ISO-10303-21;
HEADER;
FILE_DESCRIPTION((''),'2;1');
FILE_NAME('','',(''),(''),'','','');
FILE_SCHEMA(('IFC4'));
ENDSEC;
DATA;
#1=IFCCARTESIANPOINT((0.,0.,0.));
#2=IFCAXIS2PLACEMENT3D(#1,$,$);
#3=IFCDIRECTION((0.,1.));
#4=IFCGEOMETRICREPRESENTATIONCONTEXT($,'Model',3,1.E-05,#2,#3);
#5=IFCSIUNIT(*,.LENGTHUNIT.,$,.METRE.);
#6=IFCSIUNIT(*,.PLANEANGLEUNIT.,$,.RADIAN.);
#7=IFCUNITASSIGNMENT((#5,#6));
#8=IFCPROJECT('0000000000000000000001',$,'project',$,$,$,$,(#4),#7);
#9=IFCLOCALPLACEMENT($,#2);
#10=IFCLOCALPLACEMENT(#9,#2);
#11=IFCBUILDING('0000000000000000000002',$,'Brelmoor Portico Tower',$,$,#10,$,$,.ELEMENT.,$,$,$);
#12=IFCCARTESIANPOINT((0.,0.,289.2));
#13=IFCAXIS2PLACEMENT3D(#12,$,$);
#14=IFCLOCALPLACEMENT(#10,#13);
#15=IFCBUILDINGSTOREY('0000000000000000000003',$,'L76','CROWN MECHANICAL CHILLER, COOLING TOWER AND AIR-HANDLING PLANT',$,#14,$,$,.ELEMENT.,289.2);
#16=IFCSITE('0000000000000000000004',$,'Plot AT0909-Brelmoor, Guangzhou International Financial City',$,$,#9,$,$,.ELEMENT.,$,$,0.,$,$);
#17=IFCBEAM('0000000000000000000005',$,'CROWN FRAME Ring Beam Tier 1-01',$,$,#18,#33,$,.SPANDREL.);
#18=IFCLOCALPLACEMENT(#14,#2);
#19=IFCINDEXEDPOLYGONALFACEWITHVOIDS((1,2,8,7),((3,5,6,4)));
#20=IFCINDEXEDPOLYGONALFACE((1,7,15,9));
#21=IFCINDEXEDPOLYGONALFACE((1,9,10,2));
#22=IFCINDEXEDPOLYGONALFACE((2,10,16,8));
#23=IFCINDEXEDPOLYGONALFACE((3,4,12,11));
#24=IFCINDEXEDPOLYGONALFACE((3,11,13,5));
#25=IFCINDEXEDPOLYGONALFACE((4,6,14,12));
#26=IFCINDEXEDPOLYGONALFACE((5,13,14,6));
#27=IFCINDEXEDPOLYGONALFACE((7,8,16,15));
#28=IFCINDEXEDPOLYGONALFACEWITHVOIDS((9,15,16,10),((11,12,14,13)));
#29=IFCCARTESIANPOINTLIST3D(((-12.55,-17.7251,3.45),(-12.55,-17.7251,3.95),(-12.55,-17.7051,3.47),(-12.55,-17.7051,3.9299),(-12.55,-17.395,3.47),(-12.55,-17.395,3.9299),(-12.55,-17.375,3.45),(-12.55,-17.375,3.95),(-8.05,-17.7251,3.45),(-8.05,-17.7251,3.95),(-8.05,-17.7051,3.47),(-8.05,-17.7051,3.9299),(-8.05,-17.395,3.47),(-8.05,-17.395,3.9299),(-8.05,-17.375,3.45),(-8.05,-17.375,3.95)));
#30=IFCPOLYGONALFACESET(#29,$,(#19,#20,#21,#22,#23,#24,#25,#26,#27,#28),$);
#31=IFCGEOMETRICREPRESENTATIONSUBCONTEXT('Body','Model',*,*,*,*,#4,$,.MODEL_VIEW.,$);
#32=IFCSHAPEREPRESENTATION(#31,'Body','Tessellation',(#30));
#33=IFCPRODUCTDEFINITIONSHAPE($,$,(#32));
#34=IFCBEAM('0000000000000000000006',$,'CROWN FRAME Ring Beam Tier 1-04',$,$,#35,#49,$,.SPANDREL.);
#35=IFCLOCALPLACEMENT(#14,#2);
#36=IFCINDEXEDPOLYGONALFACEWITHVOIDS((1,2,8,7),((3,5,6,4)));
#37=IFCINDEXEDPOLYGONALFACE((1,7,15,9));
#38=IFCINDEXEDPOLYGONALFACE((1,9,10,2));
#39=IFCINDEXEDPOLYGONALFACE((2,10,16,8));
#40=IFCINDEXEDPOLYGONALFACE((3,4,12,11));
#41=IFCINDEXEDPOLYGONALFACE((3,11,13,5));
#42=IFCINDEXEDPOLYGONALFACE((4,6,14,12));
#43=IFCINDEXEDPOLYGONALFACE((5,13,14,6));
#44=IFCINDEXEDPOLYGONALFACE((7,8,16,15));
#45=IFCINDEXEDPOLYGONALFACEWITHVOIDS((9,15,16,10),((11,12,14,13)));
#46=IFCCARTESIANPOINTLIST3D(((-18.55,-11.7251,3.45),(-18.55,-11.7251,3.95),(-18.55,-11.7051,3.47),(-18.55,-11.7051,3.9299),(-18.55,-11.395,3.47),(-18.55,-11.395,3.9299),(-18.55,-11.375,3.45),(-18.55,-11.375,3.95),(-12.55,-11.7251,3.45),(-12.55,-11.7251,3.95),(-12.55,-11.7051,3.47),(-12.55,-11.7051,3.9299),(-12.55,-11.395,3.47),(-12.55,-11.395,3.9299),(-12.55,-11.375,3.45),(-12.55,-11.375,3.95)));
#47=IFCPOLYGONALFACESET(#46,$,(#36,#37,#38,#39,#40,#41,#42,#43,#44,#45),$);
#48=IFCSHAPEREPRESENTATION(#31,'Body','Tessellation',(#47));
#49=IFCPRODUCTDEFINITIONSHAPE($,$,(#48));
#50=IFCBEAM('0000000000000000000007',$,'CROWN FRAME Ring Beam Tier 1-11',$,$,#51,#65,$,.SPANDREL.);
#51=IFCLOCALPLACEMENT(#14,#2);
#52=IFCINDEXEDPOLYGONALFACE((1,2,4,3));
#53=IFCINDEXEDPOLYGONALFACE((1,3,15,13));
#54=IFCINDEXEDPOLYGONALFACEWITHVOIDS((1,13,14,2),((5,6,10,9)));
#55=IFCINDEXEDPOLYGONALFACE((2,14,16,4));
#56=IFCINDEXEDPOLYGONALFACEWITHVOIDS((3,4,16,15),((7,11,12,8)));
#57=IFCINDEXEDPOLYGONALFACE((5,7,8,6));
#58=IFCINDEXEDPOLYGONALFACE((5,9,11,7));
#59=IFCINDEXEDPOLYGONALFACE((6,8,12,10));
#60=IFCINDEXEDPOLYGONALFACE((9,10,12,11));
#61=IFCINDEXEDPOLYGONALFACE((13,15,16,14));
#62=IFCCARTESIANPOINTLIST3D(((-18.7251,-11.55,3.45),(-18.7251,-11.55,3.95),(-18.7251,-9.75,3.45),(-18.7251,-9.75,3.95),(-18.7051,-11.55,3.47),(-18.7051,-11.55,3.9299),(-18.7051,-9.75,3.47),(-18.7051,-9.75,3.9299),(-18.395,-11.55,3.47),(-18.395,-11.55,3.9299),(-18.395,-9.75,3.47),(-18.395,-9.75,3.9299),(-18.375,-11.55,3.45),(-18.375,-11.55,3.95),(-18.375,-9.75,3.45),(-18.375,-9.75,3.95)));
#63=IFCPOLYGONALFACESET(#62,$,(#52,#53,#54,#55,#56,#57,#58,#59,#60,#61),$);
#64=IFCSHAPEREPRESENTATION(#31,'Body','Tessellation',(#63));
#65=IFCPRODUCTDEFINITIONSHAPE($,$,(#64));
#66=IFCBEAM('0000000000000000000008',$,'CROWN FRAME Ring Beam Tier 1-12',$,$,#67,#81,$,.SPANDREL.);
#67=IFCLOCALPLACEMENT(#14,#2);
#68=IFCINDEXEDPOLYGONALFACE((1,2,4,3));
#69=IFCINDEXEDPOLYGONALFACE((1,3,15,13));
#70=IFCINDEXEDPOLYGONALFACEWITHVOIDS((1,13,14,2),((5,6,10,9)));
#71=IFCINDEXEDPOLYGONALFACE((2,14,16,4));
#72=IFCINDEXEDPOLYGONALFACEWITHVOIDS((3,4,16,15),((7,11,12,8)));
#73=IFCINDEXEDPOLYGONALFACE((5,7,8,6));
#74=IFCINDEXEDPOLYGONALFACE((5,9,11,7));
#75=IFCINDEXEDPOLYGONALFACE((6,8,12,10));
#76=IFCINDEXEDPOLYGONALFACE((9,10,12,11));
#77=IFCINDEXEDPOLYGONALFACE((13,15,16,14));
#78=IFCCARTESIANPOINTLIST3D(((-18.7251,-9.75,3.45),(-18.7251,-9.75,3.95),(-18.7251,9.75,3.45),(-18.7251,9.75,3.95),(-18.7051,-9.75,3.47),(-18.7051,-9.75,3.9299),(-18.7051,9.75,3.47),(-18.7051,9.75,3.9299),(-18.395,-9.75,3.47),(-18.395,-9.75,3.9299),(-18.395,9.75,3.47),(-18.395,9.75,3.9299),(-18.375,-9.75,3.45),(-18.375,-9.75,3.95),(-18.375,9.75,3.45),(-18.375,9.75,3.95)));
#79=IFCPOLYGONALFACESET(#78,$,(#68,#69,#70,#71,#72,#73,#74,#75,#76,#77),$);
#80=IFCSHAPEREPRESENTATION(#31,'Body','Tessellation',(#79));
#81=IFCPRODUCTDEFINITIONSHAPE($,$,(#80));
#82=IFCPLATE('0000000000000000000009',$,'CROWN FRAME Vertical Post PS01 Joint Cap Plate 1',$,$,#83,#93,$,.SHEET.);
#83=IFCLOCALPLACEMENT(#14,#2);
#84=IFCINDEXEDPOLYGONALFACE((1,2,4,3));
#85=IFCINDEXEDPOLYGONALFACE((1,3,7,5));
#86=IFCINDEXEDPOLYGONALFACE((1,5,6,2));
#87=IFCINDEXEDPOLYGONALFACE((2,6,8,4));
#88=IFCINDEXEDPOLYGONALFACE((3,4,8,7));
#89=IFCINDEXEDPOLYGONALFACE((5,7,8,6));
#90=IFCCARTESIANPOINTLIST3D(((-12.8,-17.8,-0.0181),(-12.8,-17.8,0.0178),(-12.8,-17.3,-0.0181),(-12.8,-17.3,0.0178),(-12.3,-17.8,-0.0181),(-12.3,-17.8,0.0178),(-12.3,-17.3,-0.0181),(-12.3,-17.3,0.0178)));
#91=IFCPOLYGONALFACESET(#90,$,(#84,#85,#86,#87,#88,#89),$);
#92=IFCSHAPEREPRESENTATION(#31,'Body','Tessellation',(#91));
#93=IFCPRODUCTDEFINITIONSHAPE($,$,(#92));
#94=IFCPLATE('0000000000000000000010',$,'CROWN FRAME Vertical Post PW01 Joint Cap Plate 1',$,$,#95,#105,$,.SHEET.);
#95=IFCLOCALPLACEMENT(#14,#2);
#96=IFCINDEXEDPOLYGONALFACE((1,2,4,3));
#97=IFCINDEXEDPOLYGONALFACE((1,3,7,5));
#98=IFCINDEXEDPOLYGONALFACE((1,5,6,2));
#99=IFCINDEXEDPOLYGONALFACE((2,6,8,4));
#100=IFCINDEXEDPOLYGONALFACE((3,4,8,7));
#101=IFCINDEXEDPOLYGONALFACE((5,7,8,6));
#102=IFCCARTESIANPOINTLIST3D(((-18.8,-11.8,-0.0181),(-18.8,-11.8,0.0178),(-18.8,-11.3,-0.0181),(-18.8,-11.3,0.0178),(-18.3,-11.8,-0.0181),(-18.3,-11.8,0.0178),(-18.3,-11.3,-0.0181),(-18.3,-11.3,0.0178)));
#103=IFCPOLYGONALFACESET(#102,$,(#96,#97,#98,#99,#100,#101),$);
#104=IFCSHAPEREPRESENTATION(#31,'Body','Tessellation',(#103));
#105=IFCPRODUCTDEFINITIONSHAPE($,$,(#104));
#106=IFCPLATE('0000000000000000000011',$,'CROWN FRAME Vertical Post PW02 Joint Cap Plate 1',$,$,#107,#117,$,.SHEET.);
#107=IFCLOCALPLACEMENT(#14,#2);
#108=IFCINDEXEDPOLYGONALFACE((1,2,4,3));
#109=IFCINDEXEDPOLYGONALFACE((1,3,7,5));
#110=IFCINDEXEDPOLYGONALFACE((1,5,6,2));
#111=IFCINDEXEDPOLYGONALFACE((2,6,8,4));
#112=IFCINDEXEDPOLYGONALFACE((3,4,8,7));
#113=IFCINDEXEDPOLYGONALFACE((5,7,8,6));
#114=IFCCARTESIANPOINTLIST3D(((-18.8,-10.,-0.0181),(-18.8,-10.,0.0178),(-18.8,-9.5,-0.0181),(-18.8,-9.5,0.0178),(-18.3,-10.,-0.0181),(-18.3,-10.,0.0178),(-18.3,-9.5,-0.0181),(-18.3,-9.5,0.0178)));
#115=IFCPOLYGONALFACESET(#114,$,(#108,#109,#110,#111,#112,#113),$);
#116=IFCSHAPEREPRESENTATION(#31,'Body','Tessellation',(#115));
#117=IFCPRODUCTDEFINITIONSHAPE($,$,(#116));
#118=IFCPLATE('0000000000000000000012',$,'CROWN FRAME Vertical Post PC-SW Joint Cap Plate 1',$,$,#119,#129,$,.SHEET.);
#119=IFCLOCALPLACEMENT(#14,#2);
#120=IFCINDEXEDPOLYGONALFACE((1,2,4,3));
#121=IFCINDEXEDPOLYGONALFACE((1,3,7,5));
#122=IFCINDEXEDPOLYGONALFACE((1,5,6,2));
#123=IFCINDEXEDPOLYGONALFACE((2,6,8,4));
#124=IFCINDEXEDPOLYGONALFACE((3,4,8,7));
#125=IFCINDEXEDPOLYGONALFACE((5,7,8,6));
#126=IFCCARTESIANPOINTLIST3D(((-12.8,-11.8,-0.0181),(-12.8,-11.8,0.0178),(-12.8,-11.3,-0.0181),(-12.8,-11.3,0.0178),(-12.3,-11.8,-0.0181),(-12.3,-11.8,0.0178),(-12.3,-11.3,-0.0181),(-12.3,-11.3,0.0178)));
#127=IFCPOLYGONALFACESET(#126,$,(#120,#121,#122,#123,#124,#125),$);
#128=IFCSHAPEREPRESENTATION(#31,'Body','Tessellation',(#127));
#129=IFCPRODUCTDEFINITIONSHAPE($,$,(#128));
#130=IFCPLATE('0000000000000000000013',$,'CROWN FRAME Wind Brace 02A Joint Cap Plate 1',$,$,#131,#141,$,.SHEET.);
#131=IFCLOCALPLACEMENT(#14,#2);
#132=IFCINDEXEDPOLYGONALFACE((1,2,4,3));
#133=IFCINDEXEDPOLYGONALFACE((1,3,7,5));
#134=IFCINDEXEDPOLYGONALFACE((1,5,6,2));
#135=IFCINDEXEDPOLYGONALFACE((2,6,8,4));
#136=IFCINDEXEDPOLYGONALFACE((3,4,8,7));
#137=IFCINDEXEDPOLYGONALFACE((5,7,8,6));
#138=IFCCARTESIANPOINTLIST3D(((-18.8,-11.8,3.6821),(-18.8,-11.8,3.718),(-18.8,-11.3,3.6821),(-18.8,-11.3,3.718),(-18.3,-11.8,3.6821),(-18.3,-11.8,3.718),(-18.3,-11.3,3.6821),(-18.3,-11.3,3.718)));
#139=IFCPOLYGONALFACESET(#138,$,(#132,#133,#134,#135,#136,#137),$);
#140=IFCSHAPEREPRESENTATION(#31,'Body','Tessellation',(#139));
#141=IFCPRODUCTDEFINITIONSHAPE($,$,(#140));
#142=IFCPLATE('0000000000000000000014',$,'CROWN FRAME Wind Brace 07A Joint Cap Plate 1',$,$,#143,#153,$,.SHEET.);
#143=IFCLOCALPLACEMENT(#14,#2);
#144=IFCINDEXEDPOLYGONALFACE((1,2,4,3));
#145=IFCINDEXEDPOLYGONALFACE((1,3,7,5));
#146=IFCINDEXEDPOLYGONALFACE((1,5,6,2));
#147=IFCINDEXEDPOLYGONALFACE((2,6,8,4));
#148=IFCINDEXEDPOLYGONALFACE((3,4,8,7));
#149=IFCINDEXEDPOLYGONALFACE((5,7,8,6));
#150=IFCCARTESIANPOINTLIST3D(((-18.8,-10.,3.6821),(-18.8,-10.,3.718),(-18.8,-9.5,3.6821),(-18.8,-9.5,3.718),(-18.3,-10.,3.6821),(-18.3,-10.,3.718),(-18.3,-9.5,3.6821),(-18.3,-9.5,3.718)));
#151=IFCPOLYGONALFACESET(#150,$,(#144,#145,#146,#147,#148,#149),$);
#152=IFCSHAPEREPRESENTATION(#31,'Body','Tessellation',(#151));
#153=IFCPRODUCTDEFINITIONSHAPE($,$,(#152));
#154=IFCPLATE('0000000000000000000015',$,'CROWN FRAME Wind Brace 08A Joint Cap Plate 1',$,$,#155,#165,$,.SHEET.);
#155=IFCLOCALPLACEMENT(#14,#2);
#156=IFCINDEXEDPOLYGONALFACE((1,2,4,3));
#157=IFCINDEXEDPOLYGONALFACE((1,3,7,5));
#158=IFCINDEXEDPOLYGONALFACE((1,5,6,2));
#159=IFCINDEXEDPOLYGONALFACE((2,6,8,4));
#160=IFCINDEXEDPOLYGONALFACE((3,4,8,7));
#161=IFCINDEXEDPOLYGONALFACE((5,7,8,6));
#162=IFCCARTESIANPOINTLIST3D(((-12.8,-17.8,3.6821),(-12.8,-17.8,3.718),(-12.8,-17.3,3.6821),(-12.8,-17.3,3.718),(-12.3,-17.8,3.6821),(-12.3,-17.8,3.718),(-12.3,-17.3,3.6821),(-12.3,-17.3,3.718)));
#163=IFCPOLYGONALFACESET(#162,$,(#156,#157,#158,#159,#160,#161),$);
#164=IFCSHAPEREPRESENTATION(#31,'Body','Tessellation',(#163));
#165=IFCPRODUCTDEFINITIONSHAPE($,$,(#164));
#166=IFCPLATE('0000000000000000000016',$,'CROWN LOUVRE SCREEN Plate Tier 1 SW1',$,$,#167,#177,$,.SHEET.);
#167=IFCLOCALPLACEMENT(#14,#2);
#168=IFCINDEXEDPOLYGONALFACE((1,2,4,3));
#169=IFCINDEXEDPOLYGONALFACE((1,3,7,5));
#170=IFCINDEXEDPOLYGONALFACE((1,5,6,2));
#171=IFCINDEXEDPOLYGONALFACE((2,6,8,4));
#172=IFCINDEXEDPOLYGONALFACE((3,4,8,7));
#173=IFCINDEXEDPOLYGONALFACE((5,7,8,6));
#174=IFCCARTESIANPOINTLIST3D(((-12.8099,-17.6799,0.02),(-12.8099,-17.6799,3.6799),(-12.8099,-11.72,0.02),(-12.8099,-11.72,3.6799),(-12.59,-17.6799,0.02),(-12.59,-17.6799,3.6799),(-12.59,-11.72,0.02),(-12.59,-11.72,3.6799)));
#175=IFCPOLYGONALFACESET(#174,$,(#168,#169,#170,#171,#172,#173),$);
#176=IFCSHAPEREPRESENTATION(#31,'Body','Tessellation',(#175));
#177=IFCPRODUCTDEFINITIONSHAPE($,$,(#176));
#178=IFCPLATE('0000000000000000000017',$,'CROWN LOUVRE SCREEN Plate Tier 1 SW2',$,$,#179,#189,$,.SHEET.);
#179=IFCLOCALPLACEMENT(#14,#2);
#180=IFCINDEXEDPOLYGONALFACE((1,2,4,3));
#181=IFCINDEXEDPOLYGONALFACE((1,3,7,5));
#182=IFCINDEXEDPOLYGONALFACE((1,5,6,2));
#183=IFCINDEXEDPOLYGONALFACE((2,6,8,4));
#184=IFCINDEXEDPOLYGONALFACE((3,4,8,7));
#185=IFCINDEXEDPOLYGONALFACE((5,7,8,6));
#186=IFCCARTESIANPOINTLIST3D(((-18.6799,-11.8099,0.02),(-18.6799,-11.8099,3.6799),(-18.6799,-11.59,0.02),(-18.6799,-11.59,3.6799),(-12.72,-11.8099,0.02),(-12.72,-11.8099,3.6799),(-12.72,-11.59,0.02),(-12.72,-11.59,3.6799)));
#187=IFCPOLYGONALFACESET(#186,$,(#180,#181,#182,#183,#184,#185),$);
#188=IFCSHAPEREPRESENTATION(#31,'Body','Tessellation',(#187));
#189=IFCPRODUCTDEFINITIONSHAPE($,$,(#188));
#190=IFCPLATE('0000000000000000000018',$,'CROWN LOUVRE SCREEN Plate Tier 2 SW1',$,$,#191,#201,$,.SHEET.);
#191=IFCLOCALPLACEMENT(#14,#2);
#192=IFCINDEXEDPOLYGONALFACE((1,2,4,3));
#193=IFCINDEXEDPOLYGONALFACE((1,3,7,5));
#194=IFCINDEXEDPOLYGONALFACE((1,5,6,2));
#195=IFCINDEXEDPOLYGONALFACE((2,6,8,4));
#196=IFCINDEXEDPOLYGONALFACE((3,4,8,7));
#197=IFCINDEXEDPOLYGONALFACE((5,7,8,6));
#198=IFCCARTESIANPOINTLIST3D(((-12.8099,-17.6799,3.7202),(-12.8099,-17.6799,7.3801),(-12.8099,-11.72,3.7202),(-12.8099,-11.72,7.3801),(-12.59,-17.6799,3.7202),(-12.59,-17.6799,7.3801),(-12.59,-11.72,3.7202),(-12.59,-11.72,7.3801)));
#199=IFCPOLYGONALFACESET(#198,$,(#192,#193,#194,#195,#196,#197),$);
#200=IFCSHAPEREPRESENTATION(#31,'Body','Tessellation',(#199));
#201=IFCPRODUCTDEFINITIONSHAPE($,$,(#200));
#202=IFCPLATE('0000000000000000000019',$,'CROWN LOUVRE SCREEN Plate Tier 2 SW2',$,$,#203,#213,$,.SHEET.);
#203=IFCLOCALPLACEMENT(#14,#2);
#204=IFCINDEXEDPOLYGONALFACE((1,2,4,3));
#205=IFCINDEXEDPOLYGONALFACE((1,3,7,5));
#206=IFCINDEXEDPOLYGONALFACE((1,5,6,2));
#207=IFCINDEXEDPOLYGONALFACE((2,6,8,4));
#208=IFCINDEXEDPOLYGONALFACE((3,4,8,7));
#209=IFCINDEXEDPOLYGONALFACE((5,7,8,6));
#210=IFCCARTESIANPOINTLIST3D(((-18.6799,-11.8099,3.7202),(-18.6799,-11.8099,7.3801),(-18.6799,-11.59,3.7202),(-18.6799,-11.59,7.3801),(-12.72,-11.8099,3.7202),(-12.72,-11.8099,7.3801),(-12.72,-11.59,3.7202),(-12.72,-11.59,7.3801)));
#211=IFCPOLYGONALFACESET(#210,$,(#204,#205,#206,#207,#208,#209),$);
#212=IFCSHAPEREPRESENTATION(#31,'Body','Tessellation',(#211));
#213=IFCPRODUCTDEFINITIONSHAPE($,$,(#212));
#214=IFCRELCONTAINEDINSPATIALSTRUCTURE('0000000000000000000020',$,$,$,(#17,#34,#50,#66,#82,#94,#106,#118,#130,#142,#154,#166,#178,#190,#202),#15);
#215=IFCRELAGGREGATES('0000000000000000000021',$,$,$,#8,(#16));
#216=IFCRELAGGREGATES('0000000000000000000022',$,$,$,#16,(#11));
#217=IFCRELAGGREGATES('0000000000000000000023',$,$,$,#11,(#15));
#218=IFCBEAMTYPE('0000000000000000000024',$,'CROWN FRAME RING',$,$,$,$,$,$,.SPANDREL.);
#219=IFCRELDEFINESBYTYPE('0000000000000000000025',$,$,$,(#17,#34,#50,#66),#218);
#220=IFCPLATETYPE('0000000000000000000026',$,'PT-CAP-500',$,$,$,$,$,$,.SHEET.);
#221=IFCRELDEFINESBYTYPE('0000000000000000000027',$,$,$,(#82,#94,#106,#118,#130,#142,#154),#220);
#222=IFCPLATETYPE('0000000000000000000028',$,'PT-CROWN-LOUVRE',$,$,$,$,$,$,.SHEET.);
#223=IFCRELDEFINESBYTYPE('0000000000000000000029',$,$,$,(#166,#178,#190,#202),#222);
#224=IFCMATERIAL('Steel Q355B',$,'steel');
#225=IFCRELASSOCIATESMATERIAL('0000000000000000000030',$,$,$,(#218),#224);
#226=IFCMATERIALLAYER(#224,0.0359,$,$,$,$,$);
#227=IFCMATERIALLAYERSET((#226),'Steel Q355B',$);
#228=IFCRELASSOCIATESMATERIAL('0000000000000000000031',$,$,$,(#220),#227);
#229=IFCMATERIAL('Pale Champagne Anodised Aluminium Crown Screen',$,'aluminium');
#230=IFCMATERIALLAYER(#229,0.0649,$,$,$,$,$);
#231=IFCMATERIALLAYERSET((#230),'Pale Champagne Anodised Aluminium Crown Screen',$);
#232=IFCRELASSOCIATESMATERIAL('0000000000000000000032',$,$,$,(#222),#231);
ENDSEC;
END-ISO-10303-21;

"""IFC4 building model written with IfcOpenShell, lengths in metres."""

from ifc_helpers import new_model, si_unit, direction, frame, origin, origin_2d, place, context, subcontext, project, spatial, rectangle, hollow_rectangle, extrude, material, layer, layer_set, material_profile, profile_set, type_object, element, save


model = new_model("IFC4")

# Units and contexts
model_context = context("Model", 3, precision=1e-05, world=origin(), true_north=direction((0.0, 1.0)))
body_context = subcontext(model_context, "Body", "Model", "MODEL_VIEW")
ifc_project = project(units=[si_unit("LENGTHUNIT", "METRE"), si_unit("PLANEANGLEUNIT", "RADIAN")], contexts=[model_context])

# Site, building, storey
site_placement = place(None, origin())
site = spatial("IfcSite", under=ifc_project, at=site_placement, Name="Plot AT0909-Brelmoor, Guangzhou International Financial City", CompositionType="ELEMENT", RefElevation=0.0)
building_placement = place(site_placement, origin())
building = spatial("IfcBuilding", under=site, at=building_placement, Name="Brelmoor Portico Tower", CompositionType="ELEMENT")
storey_placement = place(building_placement, frame((0.0, 0.0, 289.2)))
storey = spatial("IfcBuildingStorey", under=building, at=storey_placement, Name="L76", Description="CROWN MECHANICAL CHILLER, COOLING TOWER AND AIR-HANDLING PLANT", CompositionType="ELEMENT", Elevation=289.2)

# Shared definitions
ifc_material_1 = material(Name="Steel Q355B", Category="steel")

# Beams
ifc_material_profile_1 = material_profile(ifc_material_1, hollow_rectangle(XDim=0.3501, YDim=0.5, WallThickness=0.02, at=origin_2d()), Name="RHS 350x500x20")
ifc_profile_set_1 = profile_set([ifc_material_profile_1], Name="Steel Q355B")
beam_type = type_object("IfcBeamType", Name="CROWN FRAME RING", PredefinedType="SPANDREL", material=ifc_profile_set_1)
beam_1_placement = place(storey_placement, frame((-12.55, -17.55, 3.7), z_axis=(1.0, 0.0, 0.0), x_axis=(0.0, 1.0, 0.0)))
element("IfcBeam", 1, at=beam_1_placement, inside=storey, type_object=beam_type, Name="CROWN FRAME Ring Beam Tier 1-01", PredefinedType="SPANDREL", context=body_context, shape_type="SweptSolid", body=[
    extrude(hollow_rectangle(XDim=0.3501, YDim=0.5, WallThickness=0.02, at=origin_2d()), origin(), (0.0, 0.0, 1.0), 4.5),
])
beam_2_placement = place(storey_placement, frame((-18.55, -11.55, 3.7), z_axis=(1.0, 0.0, 0.0), x_axis=(0.0, 1.0, 0.0)))
element("IfcBeam", 2, at=beam_2_placement, inside=storey, type_object=beam_type, Name="CROWN FRAME Ring Beam Tier 1-04", PredefinedType="SPANDREL", context=body_context, shape_type="SweptSolid", body=[
    extrude(hollow_rectangle(XDim=0.3501, YDim=0.5, WallThickness=0.02, at=origin_2d()), origin(), (0.0, 0.0, 1.0), 6.0),
])
beam_3_placement = place(storey_placement, frame((-18.55, -11.55, 3.7), z_axis=(0.0, 1.0, 0.0), x_axis=(-1.0, 0.0, 0.0)))
element("IfcBeam", 3, at=beam_3_placement, inside=storey, type_object=beam_type, Name="CROWN FRAME Ring Beam Tier 1-11", PredefinedType="SPANDREL", context=body_context, shape_type="SweptSolid", body=[
    extrude(hollow_rectangle(XDim=0.3501, YDim=0.5, WallThickness=0.02, at=origin_2d()), origin(), (0.0, 0.0, 1.0), 1.8),
])
beam_4_placement = place(storey_placement, frame((-18.55, -9.75, 3.7), z_axis=(0.0, 1.0, 0.0), x_axis=(-1.0, 0.0, 0.0)))
element("IfcBeam", 4, at=beam_4_placement, inside=storey, type_object=beam_type, Name="CROWN FRAME Ring Beam Tier 1-12", PredefinedType="SPANDREL", context=body_context, shape_type="SweptSolid", body=[
    extrude(hollow_rectangle(XDim=0.3501, YDim=0.5, WallThickness=0.02, at=origin_2d()), origin(), (0.0, 0.0, 1.0), 19.5),
])

# Plates
ifc_layer_1 = layer(ifc_material_1, 0.0359)
ifc_layer_set_1 = layer_set([ifc_layer_1], Name="Steel Q355B")
plate_type_1 = type_object("IfcPlateType", Name="PT-CAP-500", PredefinedType="SHEET", material=ifc_layer_set_1)
for number, where, z_axis, x_axis, name in (
    (5, (-12.55, -17.55, -0.0181), (0.0, 0.0, 1.0), (1.0, 0.0, 0.0), "CROWN FRAME Vertical Post PS01 Joint Cap Plate 1"),
    (6, (-18.55, -11.55, -0.0181), (0.0, 0.0, 1.0), (1.0, 0.0, 0.0), "CROWN FRAME Vertical Post PW01 Joint Cap Plate 1"),
    (7, (-18.55, -9.75, -0.0181), (0.0, 0.0, 1.0), (1.0, 0.0, 0.0), "CROWN FRAME Vertical Post PW02 Joint Cap Plate 1"),
    (8, (-12.55, -11.55, -0.0181), (0.0, 0.0, 1.0), (1.0, 0.0, 0.0), "CROWN FRAME Vertical Post PC-SW Joint Cap Plate 1"),
    (9, (-18.55, -11.55, 3.6821), (0.0, 0.0, 1.0), (1.0, 0.0, 0.0), "CROWN FRAME Wind Brace 02A Joint Cap Plate 1"),
    (10, (-18.55, -9.75, 3.6821), (0.0, 0.0, 1.0), (1.0, 0.0, 0.0), "CROWN FRAME Wind Brace 07A Joint Cap Plate 1"),
    (11, (-12.55, -17.55, 3.6821), (0.0, 0.0, 1.0), (1.0, 0.0, 0.0), "CROWN FRAME Wind Brace 08A Joint Cap Plate 1"),
):
    element("IfcPlate", number, at=place(storey_placement, frame(where, z_axis=z_axis, x_axis=x_axis)), inside=storey, type_object=plate_type_1, Name=name, PredefinedType="SHEET", context=body_context, shape_type="SweptSolid", body=[
        extrude(rectangle(XDim=0.5, YDim=0.5, at=origin_2d()), origin(), (0.0, 0.0, 1.0), 0.0359),
    ])
ifc_material_2 = material(Name="Pale Champagne Anodised Aluminium Crown Screen", Category="aluminium")
ifc_layer_2 = layer(ifc_material_2, 0.0649)
ifc_layer_set_2 = layer_set([ifc_layer_2], Name="Pale Champagne Anodised Aluminium Crown Screen")
plate_type_2 = type_object("IfcPlateType", Name="PT-CROWN-LOUVRE", PredefinedType="SHEET", material=ifc_layer_set_2)
for number, where, z_axis, x_axis, name in (
    (12, (-12.7, -14.7, 0.02), (0.0, 0.0, 1.0), (0.0, 1.0, 0.0), "CROWN LOUVRE SCREEN Plate Tier 1 SW1"),
    (13, (-15.7, -11.7, 0.02), (0.0, 0.0, 1.0), (1.0, 0.0, 0.0), "CROWN LOUVRE SCREEN Plate Tier 1 SW2"),
    (14, (-12.7, -14.7, 3.7202), (0.0, 0.0, 1.0), (0.0, 1.0, 0.0), "CROWN LOUVRE SCREEN Plate Tier 2 SW1"),
    (15, (-15.7, -11.7, 3.7202), (0.0, 0.0, 1.0), (1.0, 0.0, 0.0), "CROWN LOUVRE SCREEN Plate Tier 2 SW2"),
):
    element("IfcPlate", number, at=place(storey_placement, frame(where, z_axis=z_axis, x_axis=x_axis)), inside=storey, type_object=plate_type_2, Name=name, PredefinedType="SHEET", context=body_context, shape_type="SweptSolid", body=[
        extrude(rectangle(XDim=5.96, YDim=0.22, at=origin_2d()), origin(), (0.0, 0.0, 1.0), 3.6599),
    ])

save(model, "model.ifc")
